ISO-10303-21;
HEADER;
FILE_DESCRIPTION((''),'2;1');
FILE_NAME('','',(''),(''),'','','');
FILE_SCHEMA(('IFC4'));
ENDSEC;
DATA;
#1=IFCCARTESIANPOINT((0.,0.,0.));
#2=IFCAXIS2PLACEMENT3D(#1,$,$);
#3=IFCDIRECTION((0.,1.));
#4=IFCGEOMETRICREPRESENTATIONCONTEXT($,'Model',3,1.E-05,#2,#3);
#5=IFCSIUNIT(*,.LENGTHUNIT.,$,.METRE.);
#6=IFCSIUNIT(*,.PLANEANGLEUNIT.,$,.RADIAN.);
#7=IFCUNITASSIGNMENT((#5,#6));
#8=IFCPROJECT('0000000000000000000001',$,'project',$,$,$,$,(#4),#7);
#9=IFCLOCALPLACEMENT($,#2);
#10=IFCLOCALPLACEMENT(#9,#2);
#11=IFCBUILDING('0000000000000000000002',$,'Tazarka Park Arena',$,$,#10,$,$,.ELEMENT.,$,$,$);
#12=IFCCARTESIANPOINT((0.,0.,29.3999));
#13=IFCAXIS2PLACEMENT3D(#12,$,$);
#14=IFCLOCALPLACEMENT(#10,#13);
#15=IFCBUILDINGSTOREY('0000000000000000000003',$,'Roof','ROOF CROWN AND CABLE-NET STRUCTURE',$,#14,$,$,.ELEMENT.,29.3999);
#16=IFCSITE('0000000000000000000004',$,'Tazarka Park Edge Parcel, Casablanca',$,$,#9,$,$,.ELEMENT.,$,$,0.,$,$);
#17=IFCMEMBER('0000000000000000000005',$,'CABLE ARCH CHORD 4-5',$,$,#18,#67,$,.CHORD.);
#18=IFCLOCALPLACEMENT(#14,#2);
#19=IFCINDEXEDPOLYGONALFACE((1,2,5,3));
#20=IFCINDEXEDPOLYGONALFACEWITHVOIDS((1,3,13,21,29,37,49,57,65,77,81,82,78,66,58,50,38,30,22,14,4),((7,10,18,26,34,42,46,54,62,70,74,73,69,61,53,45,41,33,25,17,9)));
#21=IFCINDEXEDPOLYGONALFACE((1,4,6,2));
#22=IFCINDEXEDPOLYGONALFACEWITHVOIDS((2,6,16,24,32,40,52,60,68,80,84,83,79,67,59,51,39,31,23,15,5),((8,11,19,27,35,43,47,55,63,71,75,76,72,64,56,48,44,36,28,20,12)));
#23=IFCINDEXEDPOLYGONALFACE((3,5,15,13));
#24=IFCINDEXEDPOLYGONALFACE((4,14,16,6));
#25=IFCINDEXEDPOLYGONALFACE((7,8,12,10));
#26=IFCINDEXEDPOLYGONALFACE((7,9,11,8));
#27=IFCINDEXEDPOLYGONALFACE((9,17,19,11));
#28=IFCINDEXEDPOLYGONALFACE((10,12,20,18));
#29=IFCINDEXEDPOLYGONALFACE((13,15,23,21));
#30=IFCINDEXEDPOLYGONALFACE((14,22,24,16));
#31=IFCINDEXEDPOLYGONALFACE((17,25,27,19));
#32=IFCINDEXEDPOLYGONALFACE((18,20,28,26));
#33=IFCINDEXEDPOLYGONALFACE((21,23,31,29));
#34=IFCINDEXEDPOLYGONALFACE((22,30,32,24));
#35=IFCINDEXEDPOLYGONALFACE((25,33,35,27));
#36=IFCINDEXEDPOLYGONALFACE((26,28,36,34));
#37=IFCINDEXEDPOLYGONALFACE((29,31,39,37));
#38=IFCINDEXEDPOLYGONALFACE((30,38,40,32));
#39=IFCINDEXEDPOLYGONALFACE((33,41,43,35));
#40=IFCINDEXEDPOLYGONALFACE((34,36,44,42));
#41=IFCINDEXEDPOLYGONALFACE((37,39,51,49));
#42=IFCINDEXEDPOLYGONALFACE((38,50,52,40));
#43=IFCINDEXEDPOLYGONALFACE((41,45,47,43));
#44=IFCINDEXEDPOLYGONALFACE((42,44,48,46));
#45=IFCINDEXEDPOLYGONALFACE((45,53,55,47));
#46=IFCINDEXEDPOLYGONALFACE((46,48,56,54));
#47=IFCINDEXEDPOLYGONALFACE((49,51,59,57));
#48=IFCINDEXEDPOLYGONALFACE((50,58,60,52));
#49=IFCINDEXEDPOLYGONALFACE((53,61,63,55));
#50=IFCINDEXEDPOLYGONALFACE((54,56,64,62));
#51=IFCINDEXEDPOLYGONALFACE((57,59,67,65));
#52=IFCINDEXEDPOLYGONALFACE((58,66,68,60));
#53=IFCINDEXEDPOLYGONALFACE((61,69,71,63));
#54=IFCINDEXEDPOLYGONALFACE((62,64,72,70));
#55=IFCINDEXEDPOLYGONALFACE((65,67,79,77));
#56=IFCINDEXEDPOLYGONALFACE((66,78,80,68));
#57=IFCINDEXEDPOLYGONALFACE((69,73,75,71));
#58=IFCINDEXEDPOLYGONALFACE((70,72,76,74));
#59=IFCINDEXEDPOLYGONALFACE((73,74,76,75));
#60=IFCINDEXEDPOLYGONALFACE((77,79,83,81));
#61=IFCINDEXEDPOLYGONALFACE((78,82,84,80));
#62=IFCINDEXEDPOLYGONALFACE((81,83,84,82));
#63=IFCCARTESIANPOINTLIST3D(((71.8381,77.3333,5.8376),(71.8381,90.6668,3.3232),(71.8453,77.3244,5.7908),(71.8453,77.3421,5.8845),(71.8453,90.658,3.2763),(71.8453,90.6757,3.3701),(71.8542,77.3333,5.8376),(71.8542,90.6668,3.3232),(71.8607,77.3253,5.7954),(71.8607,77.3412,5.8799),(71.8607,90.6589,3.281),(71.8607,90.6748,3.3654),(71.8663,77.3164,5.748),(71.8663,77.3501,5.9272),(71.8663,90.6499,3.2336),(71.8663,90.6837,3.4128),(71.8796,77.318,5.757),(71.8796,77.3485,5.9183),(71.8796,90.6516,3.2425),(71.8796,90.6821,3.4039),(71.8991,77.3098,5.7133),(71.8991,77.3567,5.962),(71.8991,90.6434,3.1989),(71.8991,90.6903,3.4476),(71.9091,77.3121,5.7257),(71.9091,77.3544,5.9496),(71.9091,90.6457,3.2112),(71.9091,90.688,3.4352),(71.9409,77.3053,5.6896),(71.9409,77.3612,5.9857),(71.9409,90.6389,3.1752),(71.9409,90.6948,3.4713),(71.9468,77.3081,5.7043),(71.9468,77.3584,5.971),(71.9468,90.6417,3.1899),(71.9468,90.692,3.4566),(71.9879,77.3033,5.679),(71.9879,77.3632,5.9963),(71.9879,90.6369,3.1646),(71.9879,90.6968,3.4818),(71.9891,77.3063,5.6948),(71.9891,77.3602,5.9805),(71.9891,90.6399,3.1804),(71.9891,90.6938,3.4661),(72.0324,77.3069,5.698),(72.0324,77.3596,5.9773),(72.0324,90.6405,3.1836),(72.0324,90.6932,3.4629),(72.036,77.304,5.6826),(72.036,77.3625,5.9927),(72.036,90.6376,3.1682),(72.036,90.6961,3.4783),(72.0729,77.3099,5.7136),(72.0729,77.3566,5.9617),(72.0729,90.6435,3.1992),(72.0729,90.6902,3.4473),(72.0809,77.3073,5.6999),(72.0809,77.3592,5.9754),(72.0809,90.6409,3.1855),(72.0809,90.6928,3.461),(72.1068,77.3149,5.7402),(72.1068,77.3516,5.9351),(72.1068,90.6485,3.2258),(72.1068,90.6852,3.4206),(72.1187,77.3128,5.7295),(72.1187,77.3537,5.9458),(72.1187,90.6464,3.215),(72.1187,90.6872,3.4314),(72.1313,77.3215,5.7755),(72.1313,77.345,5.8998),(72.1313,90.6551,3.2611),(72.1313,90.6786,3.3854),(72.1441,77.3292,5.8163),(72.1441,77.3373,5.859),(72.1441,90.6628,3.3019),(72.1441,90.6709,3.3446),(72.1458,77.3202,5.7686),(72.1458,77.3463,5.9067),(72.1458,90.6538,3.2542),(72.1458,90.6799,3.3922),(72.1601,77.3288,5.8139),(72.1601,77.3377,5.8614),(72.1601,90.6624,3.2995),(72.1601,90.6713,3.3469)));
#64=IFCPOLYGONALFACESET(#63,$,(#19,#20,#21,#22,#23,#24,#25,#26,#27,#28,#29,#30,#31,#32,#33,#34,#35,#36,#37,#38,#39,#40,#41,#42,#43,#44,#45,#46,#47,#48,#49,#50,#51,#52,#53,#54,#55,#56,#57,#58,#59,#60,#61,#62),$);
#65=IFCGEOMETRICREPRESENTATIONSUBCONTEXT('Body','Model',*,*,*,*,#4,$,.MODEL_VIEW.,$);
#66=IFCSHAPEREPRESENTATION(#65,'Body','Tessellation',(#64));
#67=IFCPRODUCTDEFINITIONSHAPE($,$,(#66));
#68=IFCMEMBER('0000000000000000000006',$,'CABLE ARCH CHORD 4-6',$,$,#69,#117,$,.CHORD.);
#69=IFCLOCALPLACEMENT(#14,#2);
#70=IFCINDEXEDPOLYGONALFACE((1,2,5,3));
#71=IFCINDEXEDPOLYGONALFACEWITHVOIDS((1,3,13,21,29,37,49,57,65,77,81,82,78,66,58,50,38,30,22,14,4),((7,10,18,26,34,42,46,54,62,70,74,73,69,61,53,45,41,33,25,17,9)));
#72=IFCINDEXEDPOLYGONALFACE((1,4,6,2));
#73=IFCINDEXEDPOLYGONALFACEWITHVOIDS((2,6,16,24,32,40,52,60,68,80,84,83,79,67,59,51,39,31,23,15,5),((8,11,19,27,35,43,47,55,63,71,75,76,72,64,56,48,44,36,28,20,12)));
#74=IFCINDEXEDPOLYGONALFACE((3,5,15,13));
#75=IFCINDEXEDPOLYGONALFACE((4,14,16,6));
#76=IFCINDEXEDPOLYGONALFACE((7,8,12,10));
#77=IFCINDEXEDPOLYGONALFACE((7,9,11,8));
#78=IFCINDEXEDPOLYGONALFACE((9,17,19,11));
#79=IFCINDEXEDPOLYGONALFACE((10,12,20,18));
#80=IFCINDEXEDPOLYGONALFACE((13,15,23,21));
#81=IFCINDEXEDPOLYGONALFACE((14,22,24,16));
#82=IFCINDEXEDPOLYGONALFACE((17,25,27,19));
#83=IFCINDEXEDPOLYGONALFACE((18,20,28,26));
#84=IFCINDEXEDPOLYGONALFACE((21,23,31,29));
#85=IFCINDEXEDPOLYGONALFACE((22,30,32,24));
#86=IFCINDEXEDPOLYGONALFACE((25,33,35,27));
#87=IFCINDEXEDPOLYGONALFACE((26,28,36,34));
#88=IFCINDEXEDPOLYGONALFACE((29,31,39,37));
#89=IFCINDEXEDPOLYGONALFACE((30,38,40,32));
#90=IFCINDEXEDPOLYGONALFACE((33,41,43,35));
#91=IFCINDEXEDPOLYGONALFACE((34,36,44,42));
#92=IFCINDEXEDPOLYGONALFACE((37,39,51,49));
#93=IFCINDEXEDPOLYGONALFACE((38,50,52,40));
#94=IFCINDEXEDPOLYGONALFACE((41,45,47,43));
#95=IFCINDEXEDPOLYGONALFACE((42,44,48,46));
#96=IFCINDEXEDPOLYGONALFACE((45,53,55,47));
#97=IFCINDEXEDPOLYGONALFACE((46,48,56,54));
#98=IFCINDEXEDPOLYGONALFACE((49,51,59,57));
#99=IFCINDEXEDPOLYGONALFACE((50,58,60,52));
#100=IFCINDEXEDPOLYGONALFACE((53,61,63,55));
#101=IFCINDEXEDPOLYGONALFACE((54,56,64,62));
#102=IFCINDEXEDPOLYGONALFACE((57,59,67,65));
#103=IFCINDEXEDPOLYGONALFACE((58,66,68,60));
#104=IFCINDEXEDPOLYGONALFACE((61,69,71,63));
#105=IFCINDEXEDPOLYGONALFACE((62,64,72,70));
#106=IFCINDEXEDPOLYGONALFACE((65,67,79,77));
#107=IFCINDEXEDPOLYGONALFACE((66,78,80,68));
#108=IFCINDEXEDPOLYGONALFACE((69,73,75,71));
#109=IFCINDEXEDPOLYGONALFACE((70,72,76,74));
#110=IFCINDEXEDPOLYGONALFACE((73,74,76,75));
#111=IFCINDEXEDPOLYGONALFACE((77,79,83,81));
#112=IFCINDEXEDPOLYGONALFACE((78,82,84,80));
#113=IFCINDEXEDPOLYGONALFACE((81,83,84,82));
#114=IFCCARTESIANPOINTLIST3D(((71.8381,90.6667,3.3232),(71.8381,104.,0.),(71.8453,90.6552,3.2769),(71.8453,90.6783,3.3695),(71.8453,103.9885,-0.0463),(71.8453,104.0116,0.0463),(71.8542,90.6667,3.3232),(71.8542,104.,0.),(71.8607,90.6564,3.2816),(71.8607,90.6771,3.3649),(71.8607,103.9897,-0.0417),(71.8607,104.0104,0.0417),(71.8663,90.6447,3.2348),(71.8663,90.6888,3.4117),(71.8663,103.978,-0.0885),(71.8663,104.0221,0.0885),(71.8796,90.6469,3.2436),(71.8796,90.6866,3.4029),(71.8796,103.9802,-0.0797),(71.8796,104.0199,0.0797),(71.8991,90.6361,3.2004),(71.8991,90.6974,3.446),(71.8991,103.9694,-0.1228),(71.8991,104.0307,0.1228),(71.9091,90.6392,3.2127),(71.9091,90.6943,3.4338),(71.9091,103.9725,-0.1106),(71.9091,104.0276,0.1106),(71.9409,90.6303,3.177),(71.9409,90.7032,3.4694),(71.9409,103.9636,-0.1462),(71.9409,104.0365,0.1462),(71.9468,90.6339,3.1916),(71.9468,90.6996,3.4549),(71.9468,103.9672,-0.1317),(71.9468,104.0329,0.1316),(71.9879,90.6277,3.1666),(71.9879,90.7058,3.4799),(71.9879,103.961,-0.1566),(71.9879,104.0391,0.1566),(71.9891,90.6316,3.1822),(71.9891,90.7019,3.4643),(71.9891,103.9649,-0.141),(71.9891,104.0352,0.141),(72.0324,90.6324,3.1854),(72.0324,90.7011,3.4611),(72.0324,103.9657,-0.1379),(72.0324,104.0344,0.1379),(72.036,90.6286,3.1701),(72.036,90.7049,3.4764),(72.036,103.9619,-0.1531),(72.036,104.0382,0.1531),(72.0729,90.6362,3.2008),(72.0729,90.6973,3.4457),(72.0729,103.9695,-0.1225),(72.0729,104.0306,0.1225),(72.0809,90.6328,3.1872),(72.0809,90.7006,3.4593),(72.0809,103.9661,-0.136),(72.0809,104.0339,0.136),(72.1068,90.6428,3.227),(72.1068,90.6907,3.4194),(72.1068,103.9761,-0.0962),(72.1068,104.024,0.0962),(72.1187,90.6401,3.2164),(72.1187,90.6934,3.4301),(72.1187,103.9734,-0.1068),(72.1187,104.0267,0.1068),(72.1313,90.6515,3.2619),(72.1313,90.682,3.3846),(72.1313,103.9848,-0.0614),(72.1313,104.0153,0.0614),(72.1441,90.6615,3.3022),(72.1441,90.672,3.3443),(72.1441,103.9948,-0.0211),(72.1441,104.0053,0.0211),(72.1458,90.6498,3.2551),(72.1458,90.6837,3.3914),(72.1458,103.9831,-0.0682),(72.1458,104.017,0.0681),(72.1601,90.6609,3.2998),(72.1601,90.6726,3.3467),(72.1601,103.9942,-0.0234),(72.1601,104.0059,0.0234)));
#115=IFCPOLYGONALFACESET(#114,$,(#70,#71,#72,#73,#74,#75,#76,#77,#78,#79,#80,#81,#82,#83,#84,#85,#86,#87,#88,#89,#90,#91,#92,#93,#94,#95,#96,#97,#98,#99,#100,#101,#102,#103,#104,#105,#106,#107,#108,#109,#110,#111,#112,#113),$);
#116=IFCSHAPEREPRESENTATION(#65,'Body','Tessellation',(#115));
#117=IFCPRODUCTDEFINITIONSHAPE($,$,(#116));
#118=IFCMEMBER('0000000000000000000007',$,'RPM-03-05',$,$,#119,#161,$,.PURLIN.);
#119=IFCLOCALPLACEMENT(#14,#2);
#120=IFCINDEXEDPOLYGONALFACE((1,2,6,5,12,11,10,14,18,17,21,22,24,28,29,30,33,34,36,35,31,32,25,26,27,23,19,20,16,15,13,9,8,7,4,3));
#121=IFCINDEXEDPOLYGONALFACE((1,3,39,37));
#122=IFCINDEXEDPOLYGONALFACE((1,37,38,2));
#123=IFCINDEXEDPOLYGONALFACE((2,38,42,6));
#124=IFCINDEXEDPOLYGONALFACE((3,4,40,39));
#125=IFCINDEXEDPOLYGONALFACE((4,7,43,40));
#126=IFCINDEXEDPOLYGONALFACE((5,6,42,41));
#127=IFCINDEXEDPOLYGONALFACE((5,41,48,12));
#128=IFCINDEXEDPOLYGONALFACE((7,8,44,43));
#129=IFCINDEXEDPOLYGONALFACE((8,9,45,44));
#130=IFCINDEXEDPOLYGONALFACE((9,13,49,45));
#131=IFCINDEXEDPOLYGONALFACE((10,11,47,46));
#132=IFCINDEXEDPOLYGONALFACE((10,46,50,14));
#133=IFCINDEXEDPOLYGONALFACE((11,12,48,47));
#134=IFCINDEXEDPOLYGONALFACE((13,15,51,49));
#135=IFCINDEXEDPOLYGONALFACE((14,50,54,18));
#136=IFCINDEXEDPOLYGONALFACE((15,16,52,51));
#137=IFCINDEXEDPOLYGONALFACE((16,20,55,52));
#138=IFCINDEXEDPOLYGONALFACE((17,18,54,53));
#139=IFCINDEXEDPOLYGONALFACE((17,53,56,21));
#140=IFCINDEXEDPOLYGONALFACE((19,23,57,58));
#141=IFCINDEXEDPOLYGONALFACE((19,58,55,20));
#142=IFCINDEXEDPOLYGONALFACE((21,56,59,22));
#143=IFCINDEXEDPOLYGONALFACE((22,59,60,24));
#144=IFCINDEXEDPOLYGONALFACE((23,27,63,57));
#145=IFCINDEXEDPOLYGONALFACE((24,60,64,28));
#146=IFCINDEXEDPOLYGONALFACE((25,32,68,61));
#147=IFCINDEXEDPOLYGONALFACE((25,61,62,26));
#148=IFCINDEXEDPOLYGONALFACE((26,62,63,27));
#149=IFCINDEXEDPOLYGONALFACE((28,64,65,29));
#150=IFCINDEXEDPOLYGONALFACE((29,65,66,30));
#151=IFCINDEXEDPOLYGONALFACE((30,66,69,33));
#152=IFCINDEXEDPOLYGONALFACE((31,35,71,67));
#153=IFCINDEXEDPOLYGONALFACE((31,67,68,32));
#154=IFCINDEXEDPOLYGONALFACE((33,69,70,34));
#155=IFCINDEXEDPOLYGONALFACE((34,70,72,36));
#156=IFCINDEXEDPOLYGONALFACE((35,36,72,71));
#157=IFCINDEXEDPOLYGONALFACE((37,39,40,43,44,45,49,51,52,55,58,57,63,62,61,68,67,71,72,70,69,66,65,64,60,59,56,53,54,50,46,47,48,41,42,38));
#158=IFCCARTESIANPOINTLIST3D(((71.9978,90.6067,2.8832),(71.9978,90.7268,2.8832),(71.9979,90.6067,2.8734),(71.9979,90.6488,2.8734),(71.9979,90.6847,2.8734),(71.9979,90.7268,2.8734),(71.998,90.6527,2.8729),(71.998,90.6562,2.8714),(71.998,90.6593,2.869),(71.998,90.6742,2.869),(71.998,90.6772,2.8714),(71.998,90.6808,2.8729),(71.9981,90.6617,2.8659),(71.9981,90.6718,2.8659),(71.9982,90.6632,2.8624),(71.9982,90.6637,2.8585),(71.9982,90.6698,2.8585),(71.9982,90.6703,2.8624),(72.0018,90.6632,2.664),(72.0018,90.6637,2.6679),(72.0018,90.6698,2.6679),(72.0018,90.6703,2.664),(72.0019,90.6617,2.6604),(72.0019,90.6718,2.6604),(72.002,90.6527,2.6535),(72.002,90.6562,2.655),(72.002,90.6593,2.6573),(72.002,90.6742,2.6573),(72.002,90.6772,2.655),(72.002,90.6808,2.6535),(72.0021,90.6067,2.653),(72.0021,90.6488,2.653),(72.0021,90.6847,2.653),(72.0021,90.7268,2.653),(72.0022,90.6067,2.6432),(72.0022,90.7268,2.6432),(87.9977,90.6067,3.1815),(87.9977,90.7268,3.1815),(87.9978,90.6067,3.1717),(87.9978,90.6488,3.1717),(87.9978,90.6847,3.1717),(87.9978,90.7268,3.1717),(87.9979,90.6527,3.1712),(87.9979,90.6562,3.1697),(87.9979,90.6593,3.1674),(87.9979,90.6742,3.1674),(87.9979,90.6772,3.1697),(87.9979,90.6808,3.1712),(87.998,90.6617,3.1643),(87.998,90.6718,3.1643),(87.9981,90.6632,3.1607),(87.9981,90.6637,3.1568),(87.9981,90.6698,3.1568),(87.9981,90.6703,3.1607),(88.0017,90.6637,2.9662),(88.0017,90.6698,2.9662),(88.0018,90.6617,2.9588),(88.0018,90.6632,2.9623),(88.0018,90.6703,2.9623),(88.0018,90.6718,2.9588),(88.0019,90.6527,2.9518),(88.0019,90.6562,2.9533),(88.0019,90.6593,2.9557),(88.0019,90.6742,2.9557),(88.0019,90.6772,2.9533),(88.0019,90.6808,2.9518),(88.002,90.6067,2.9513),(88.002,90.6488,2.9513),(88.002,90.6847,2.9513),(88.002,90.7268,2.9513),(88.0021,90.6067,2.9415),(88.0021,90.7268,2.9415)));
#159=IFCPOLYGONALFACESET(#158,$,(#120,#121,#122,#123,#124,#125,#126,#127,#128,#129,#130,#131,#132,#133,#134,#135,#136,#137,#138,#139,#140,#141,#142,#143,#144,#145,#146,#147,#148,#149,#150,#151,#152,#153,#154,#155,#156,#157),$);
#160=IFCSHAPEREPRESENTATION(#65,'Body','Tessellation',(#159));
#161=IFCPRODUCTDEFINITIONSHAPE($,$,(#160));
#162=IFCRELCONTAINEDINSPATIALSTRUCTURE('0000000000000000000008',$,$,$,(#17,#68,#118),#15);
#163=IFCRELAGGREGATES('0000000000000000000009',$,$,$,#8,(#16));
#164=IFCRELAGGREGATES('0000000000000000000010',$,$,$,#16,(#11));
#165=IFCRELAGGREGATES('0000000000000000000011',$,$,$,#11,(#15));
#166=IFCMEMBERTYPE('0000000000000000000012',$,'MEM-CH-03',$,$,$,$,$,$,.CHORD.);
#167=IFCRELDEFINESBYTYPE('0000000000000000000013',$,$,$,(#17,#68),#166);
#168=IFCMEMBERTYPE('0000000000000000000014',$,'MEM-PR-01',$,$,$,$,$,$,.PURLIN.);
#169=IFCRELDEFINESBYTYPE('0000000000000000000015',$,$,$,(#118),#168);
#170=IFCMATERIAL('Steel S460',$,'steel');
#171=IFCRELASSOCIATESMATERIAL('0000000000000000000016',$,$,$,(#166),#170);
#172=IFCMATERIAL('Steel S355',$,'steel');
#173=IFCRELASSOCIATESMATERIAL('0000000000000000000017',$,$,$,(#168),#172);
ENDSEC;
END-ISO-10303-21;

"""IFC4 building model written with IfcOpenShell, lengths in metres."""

from ifc_helpers import new_model, si_unit, direction, frame, origin, origin_2d, place, context, subcontext, project, spatial, hollow_circle, i_section, extrude, material, material_profile, profile_set, type_object, element, save


model = new_model("IFC4")

# Units and contexts
model_context = context("Model", 3, precision=1e-05, world=origin(), true_north=direction((0.0, 1.0)))
body_context = subcontext(model_context, "Body", "Model", "MODEL_VIEW")
ifc_project = project(units=[si_unit("LENGTHUNIT", "METRE"), si_unit("PLANEANGLEUNIT", "RADIAN")], contexts=[model_context])

# Site, building, storey
site_placement = place(None, origin())
site = spatial("IfcSite", under=ifc_project, at=site_placement, Name="Tazarka Park Edge Parcel, Casablanca", CompositionType="ELEMENT", RefElevation=0.0)
building_placement = place(site_placement, origin())
building = spatial("IfcBuilding", under=site, at=building_placement, Name="Tazarka Park Arena", CompositionType="ELEMENT")
storey_placement = place(building_placement, frame((0.0, 0.0, 29.3999)))
storey = spatial("IfcBuildingStorey", under=building, at=storey_placement, Name="Roof", Description="ROOF CROWN AND CABLE-NET STRUCTURE", CompositionType="ELEMENT", Elevation=29.3999)

# Members
ifc_material_1 = material(Name="Steel S460", Category="steel")
ifc_material_profile_1 = material_profile(ifc_material_1, hollow_circle(Radius=0.1619, WallThickness=0.0161, at=origin_2d()), Name="Steel S460")
ifc_profile_set_1 = profile_set([ifc_material_profile_1], Name="Steel S460")
member_type_1 = type_object("IfcMemberType", Name="MEM-CH-03", PredefinedType="CHORD", material=ifc_profile_set_1)
member_1_placement = place(storey_placement, frame((72.0, 77.3333, 5.8376), z_axis=(0.0, 0.98268, -0.185312), x_axis=(-1.0, 0.0, 0.0)))
element("IfcMember", 1, at=member_1_placement, inside=storey, type_object=member_type_1, Name="CABLE ARCH CHORD 4-5", PredefinedType="CHORD", context=body_context, shape_type="SweptSolid", body=[
    extrude(hollow_circle(Radius=0.1619, WallThickness=0.0161, at=origin_2d()), origin(), (0.0, 0.0, 1.0), 13.5686),
])
member_2_placement = place(storey_placement, frame((72.0, 90.6667, 3.3232), z_axis=(0.0, 0.970315, -0.241846), x_axis=(-1.0, 0.0, 0.0)))
element("IfcMember", 2, at=member_2_placement, inside=storey, type_object=member_type_1, Name="CABLE ARCH CHORD 4-6", PredefinedType="CHORD", context=body_context, shape_type="SweptSolid", body=[
    extrude(hollow_circle(Radius=0.1619, WallThickness=0.0161, at=origin_2d()), origin(), (0.0, 0.0, 1.0), 13.7412),
])
ifc_material_2 = material(Name="Steel S355", Category="steel")
ifc_material_profile_2 = material_profile(ifc_material_2, i_section(OverallWidth=0.1201, OverallDepth=0.24, WebThickness=0.0061, FlangeThickness=0.0098, FilletRadius=0.0149, at=origin_2d()), Name="Steel S355")
ifc_profile_set_2 = profile_set([ifc_material_profile_2], Name="Steel S355")
member_type_2 = type_object("IfcMemberType", Name="MEM-PR-01", PredefinedType="PURLIN", material=ifc_profile_set_2)
member_3_placement = place(storey_placement, frame((72.0, 90.6667, 2.7632), z_axis=(0.999826, 0.0, 0.018643), x_axis=(0.0, 1.0, 0.0)))
element("IfcMember", 3, at=member_3_placement, inside=storey, type_object=member_type_2, Name="RPM-03-05", PredefinedType="PURLIN", context=body_context, shape_type="SweptSolid", body=[
    extrude(i_section(OverallWidth=0.1201, OverallDepth=0.24, WebThickness=0.0061, FlangeThickness=0.0098, FilletRadius=0.0149, at=origin_2d()), origin(), (0.0, 0.0, 1.0), 16.0027),
])

save(model, "model.ifc")
